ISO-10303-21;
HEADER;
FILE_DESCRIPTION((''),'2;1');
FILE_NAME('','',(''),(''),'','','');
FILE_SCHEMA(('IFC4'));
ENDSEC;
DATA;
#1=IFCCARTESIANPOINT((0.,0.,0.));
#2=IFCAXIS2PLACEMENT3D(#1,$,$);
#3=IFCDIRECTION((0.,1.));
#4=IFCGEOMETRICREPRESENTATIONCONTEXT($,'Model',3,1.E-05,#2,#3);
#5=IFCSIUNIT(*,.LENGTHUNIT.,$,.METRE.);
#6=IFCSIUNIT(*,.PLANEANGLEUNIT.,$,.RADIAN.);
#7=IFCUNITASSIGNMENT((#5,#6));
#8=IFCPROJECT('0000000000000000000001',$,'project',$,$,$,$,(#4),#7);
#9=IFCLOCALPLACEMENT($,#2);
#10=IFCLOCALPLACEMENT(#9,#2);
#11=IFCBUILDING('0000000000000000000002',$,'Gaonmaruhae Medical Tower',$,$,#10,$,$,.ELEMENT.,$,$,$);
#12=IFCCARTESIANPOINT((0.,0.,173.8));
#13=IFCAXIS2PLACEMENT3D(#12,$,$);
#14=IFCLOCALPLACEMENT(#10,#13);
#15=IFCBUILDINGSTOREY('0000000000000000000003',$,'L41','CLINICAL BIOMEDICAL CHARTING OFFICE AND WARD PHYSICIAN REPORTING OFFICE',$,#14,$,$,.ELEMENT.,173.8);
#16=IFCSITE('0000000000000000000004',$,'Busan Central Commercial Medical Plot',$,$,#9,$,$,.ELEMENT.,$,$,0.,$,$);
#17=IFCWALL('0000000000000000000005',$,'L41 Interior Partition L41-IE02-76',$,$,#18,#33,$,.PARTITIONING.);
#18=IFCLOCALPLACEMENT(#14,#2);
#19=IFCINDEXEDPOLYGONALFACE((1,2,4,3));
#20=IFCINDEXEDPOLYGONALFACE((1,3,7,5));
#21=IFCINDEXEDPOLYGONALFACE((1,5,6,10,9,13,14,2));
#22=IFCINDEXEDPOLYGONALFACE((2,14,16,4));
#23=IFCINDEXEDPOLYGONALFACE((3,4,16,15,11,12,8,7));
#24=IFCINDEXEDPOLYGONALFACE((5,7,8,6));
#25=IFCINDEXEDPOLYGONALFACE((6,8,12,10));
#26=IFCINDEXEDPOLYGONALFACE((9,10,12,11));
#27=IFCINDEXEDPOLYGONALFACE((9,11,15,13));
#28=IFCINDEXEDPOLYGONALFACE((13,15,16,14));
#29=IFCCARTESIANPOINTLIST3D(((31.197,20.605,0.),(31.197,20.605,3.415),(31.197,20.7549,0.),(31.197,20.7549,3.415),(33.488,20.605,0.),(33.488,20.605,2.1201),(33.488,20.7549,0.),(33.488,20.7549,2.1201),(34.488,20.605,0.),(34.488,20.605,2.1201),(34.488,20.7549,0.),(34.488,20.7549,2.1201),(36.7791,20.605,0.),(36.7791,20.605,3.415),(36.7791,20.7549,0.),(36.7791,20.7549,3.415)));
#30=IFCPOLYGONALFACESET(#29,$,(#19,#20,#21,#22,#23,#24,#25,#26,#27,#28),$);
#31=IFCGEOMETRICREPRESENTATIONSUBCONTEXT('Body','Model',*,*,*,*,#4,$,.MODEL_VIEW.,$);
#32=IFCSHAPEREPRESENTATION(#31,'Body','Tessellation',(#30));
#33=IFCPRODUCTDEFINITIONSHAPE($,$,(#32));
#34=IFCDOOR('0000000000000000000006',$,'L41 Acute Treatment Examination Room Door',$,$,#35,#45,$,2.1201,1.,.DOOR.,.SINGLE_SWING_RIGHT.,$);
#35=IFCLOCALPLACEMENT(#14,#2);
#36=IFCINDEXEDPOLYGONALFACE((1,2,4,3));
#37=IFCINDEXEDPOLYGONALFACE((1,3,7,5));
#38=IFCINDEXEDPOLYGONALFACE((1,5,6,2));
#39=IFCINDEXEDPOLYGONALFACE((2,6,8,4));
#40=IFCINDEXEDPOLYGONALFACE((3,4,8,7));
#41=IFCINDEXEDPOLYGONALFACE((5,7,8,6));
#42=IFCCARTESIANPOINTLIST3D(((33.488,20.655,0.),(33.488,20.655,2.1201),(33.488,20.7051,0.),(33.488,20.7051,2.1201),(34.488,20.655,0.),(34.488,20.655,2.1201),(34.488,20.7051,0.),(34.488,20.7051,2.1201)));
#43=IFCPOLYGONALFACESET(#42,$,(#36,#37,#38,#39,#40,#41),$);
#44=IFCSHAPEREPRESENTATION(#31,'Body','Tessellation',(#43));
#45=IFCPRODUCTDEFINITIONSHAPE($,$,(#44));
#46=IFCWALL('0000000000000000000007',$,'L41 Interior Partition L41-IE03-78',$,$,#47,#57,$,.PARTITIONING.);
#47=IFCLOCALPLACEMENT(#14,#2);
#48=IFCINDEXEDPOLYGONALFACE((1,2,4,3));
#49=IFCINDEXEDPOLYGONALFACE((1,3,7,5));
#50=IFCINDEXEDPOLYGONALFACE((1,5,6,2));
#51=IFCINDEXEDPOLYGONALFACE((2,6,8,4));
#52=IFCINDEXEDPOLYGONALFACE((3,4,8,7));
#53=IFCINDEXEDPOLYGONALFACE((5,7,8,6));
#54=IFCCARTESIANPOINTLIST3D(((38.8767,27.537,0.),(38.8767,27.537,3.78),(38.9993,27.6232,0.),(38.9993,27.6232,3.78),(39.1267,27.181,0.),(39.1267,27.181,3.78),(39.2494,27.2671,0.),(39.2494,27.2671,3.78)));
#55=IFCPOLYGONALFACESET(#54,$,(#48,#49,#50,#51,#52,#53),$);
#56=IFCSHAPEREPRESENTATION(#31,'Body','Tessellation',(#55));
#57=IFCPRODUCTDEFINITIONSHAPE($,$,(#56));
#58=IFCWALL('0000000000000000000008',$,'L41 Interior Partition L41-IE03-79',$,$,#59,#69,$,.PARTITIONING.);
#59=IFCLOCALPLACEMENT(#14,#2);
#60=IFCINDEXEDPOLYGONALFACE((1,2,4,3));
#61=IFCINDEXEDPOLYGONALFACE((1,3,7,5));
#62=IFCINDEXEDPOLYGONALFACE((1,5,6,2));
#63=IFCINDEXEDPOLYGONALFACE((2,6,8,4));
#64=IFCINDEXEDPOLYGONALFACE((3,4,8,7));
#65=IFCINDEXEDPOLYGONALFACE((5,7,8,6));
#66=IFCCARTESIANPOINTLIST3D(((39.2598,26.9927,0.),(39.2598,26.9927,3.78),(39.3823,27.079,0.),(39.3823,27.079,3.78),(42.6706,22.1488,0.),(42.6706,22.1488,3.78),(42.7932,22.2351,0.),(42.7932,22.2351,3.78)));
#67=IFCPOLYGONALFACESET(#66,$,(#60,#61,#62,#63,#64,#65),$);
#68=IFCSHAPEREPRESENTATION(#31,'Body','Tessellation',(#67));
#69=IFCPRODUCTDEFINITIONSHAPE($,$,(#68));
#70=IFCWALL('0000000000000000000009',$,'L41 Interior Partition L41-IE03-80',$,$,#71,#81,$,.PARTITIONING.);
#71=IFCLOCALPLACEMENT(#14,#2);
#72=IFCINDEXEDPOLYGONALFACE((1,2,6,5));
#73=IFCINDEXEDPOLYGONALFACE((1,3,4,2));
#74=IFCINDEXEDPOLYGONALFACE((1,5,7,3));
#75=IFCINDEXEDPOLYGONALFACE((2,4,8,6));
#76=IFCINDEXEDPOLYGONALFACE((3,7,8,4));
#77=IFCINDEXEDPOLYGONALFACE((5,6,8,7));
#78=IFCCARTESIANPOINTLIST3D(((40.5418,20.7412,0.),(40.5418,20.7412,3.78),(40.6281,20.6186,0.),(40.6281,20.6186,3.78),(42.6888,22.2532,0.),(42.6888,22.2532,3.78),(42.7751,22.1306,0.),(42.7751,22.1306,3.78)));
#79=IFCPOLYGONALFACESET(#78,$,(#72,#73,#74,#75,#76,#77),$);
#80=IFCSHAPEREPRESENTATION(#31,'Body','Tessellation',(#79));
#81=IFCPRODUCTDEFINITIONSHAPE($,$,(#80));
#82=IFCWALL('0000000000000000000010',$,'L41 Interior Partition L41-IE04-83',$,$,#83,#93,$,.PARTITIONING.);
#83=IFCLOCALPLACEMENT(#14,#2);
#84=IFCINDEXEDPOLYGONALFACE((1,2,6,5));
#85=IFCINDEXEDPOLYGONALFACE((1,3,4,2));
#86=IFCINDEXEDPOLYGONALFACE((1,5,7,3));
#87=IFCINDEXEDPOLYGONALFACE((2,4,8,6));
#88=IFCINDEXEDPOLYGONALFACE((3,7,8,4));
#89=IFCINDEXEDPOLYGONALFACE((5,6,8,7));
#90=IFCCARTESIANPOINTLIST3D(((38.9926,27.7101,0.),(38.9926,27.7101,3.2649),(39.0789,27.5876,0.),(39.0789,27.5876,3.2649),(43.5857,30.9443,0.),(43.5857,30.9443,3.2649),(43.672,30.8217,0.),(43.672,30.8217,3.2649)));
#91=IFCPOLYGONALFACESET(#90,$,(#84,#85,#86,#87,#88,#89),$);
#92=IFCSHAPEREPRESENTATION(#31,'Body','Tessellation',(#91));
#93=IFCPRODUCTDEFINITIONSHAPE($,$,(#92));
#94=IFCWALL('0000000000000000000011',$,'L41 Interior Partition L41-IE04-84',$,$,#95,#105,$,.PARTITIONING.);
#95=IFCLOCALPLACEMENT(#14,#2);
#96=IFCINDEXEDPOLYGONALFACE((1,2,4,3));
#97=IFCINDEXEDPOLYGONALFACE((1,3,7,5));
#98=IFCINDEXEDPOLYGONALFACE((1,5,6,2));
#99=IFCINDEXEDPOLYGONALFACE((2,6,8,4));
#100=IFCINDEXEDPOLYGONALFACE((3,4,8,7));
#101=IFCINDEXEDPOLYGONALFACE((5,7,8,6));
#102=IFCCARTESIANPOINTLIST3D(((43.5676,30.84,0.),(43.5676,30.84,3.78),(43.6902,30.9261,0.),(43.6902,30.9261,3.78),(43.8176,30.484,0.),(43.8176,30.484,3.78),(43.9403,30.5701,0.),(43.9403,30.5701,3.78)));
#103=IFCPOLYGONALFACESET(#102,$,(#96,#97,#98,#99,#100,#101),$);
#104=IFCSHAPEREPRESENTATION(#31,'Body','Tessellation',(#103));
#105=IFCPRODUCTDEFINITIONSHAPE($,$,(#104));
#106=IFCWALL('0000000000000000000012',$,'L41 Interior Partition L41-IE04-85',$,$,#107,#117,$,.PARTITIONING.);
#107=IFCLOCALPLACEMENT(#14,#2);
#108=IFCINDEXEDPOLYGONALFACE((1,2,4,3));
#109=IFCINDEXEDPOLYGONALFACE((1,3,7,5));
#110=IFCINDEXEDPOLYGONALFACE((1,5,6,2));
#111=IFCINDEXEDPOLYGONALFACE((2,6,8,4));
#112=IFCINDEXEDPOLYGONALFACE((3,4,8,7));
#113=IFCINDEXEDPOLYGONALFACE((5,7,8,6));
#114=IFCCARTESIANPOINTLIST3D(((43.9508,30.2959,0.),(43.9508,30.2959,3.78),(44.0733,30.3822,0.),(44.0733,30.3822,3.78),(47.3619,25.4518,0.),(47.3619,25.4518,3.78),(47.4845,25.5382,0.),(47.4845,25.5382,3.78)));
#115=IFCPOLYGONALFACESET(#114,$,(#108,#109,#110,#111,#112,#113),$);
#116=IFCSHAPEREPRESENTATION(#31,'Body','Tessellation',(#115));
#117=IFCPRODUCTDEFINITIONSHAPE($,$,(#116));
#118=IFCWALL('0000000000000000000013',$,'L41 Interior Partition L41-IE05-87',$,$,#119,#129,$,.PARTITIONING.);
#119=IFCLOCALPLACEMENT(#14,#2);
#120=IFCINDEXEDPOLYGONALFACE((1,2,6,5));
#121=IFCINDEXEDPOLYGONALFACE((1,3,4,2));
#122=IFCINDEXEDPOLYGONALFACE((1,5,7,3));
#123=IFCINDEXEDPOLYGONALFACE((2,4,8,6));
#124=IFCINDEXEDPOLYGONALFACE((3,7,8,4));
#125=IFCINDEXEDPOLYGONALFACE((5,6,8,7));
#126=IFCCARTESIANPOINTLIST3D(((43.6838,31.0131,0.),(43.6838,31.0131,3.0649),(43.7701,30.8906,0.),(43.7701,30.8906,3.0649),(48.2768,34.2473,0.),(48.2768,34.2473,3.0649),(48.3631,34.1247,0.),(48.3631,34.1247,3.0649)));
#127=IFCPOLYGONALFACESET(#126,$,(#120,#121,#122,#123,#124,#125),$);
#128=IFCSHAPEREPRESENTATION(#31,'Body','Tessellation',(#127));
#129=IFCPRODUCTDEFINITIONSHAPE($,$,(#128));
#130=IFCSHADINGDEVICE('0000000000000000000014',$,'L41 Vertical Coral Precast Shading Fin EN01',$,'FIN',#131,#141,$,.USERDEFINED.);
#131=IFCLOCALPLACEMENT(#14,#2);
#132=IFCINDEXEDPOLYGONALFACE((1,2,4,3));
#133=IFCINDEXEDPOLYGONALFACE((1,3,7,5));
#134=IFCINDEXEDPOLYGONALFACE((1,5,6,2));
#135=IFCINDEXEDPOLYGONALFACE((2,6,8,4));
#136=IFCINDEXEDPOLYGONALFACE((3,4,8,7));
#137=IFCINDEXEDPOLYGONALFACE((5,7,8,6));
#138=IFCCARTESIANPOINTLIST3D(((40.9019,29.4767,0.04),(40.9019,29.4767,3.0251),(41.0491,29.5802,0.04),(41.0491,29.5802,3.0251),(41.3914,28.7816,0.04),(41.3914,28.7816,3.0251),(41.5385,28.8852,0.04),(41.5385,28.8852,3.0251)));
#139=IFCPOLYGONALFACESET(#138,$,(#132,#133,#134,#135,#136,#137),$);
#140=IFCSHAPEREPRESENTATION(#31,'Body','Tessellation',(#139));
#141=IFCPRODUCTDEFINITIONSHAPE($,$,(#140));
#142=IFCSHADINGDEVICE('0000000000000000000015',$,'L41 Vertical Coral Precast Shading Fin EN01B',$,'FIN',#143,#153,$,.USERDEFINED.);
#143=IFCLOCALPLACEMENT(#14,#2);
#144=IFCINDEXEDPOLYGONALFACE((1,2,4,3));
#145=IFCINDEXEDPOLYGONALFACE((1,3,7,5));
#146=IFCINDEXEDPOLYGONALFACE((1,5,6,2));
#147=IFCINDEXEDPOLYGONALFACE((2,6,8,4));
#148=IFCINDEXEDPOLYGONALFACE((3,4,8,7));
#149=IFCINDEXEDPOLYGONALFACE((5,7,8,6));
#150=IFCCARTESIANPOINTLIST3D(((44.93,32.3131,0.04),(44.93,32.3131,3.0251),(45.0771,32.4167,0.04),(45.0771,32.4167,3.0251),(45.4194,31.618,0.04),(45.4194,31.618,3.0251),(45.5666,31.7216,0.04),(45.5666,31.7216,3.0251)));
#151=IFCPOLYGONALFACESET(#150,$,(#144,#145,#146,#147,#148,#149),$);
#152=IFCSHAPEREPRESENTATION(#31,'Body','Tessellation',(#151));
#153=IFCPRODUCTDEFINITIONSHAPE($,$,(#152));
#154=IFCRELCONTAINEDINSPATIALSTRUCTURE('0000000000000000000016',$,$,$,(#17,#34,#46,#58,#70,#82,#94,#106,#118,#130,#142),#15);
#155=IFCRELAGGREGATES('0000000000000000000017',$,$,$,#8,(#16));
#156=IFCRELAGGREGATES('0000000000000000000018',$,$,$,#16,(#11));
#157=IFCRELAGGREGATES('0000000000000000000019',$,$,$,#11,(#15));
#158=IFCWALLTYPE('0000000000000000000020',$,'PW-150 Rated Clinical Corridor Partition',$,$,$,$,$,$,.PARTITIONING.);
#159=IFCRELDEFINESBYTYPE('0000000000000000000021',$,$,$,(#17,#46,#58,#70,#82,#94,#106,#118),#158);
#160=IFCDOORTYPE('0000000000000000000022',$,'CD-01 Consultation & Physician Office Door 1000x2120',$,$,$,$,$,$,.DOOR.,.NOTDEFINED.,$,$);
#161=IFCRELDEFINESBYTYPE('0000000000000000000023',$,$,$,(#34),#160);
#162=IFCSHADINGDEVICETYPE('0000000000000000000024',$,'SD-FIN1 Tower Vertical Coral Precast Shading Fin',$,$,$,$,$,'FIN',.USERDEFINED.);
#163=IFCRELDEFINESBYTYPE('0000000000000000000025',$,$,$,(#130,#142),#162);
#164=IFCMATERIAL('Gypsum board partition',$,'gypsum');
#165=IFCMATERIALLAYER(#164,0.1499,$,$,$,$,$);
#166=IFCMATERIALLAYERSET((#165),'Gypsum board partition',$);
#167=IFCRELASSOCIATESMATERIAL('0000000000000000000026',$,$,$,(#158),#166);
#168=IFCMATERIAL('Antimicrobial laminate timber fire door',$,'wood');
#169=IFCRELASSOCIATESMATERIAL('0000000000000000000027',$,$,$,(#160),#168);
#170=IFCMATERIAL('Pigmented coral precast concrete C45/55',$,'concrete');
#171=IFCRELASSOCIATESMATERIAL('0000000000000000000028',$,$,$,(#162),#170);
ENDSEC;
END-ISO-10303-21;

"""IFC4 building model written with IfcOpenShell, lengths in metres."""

from ifc_helpers import new_model, si_unit, direction, frame, frame_2d, origin, origin_2d, place, context, subcontext, project, spatial, rectangle, extrude, material, layer, layer_set, type_object, element, fill, save


model = new_model("IFC4")

# Units and contexts
model_context = context("Model", 3, precision=1e-05, world=origin(), true_north=direction((0.0, 1.0)))
body_context = subcontext(model_context, "Body", "Model", "MODEL_VIEW")
ifc_project = project(units=[si_unit("LENGTHUNIT", "METRE"), si_unit("PLANEANGLEUNIT", "RADIAN")], contexts=[model_context])

# Site, building, storey
site_placement = place(None, origin())
site = spatial("IfcSite", under=ifc_project, at=site_placement, Name="Busan Central Commercial Medical Plot", CompositionType="ELEMENT", RefElevation=0.0)
building_placement = place(site_placement, origin())
building = spatial("IfcBuilding", under=site, at=building_placement, Name="Gaonmaruhae Medical Tower", CompositionType="ELEMENT")
storey_placement = place(building_placement, frame((0.0, 0.0, 173.8)))
storey = spatial("IfcBuildingStorey", under=building, at=storey_placement, Name="L41", Description="CLINICAL BIOMEDICAL CHARTING OFFICE AND WARD PHYSICIAN REPORTING OFFICE", CompositionType="ELEMENT", Elevation=173.8)

# Shared definitions
ifc_material_1 = material(Name="Gypsum board partition", Category="gypsum")
ifc_layer_1 = layer(ifc_material_1, 0.1499)
ifc_layer_set_1 = layer_set([ifc_layer_1], Name="Gypsum board partition")
wall_type_1 = type_object("IfcWallType", Name="PW-150 Rated Clinical Corridor Partition", PredefinedType="PARTITIONING", material=ifc_layer_set_1)

# Wall, opening, door
ifc_material_2 = material(Name="Antimicrobial laminate timber fire door", Category="wood")
wall_1_placement = place(storey_placement, frame((36.7791, 20.6799, 0.0), z_axis=(0.0, 0.0, 1.0), x_axis=(-1.0, 0.0, 0.0)))
wall_1 = element("IfcWall", 1, at=wall_1_placement, inside=storey, type_object=wall_type_1, Name="L41 Interior Partition L41-IE02-76", PredefinedType="PARTITIONING", context=body_context, shape_type="SweptSolid", body=[
    extrude(rectangle(XDim=5.582, YDim=0.1499, at=frame_2d((2.791, 0.0))), origin(), (0.0, 0.0, 1.0), 3.415),
])
opening_1_placement = place(wall_1_placement, frame((2.291, 0.0, 0.0)))
opening_1 = element("IfcOpeningElement", 2, at=opening_1_placement, cuts=wall_1, PredefinedType="OPENING", context=body_context, shape_type="SweptSolid", body=[
    extrude(rectangle(XDim=1.0, YDim=2.1201, at=frame_2d((0.5, 1.0601))), frame((0.0, 0.085, 0.0), z_axis=(0.0, -1.0, 0.0), x_axis=(1.0, 0.0, 0.0)), (0.0, 0.0, 1.0), 0.1699),
])
door_type_1 = type_object("IfcDoorType", Name="CD-01 Consultation & Physician Office Door 1000x2120", OperationType="NOTDEFINED", PredefinedType="DOOR", material=ifc_material_2)
door_1_placement = place(opening_1_placement, origin())
door_1 = element("IfcDoor", 3, at=door_1_placement, inside=storey, type_object=door_type_1, Name="L41 Acute Treatment Examination Room Door", OperationType="SINGLE_SWING_RIGHT", OverallHeight=2.1201, OverallWidth=1.0, PredefinedType="DOOR", context=body_context, shape_type="SweptSolid", body=[
    extrude(rectangle(XDim=1.0, YDim=2.1201, at=frame_2d((0.5, 1.0601))), frame((0.0, 0.0249, 0.0), z_axis=(0.0, -1.0, 0.0), x_axis=(1.0, 0.0, 0.0)), (0.0, 0.0, 1.0), 0.05),
])
fill(opening_1, door_1)

# Walls
wall_2_placement = place(storey_placement, frame((38.938, 27.5801, 0.0), z_axis=(0.0, 0.0, 1.0), x_axis=(0.574742, -0.818334, 0.0)))
element("IfcWall", 4, at=wall_2_placement, inside=storey, type_object=wall_type_1, Name="L41 Interior Partition L41-IE03-78", PredefinedType="PARTITIONING", context=body_context, shape_type="SweptSolid", body=[
    extrude(rectangle(XDim=0.4351, YDim=0.1499, at=frame_2d((0.2175, 0.0))), origin(), (0.0, 0.0, 1.0), 3.78),
])
wall_3_placement = place(storey_placement, frame((39.321, 27.0359, 0.0), z_axis=(0.0, 0.0, 1.0), x_axis=(0.575736, -0.817635, 0.0)))
element("IfcWall", 5, at=wall_3_placement, inside=storey, type_object=wall_type_1, Name="L41 Interior Partition L41-IE03-79", PredefinedType="PARTITIONING", context=body_context, shape_type="SweptSolid", body=[
    extrude(rectangle(XDim=5.9243, YDim=0.1499, at=frame_2d((2.9622, 0.0))), origin(), (0.0, 0.0, 1.0), 3.78),
])
wall_4_placement = place(storey_placement, frame((42.7319, 22.1919, 0.0), z_axis=(0.0, 0.0, 1.0), x_axis=(-0.817604, -0.575781, 0.0)))
element("IfcWall", 6, at=wall_4_placement, inside=storey, type_object=wall_type_1, Name="L41 Interior Partition L41-IE03-80", PredefinedType="PARTITIONING", context=body_context, shape_type="SweptSolid", body=[
    extrude(rectangle(XDim=2.626, YDim=0.1499, at=frame_2d((1.313, 0.0))), origin(), (0.0, 0.0, 1.0), 3.78),
])

# Walls
wall_5_placement = place(storey_placement, frame((39.0359, 27.6489, 0.0), z_axis=(0.0, 0.0, 1.0), x_axis=(0.817638, 0.575732, 0.0)))
element("IfcWall", 7, at=wall_5_placement, inside=storey, type_object=wall_type_1, Name="L41 Interior Partition L41-IE04-83", PredefinedType="PARTITIONING", context=body_context, shape_type="SweptSolid", body=[
    extrude(rectangle(XDim=5.6174, YDim=0.1499, at=frame_2d((2.8086, 0.0))), origin(), (0.0, 0.0, 1.0), 3.2649),
])
wall_6_placement = place(storey_placement, frame((43.6289, 30.8831, 0.0), z_axis=(0.0, 0.0, 1.0), x_axis=(0.574742, -0.818334, 0.0)))
element("IfcWall", 8, at=wall_6_placement, inside=storey, type_object=wall_type_1, Name="L41 Interior Partition L41-IE04-84", PredefinedType="PARTITIONING", context=body_context, shape_type="SweptSolid", body=[
    extrude(rectangle(XDim=0.4351, YDim=0.1499, at=frame_2d((0.2175, 0.0))), origin(), (0.0, 0.0, 1.0), 3.78),
])
wall_7_placement = place(storey_placement, frame((44.012, 30.3391, 0.0), z_axis=(0.0, 0.0, 1.0), x_axis=(0.575764, -0.817616, 0.0)))
element("IfcWall", 9, at=wall_7_placement, inside=storey, type_object=wall_type_1, Name="L41 Interior Partition L41-IE04-85", PredefinedType="PARTITIONING", context=body_context, shape_type="SweptSolid", body=[
    extrude(rectangle(XDim=5.9246, YDim=0.1499, at=frame_2d((2.9624, 0.0))), origin(), (0.0, 0.0, 1.0), 3.78),
])
wall_8_placement = place(storey_placement, frame((43.7271, 30.9519, 0.0), z_axis=(0.0, 0.0, 1.0), x_axis=(0.817638, 0.575732, 0.0)))
element("IfcWall", 10, at=wall_8_placement, inside=storey, type_object=wall_type_1, Name="L41 Interior Partition L41-IE05-87", PredefinedType="PARTITIONING", context=body_context, shape_type="SweptSolid", body=[
    extrude(rectangle(XDim=5.6174, YDim=0.1499, at=frame_2d((2.8086, 0.0))), origin(), (0.0, 0.0, 1.0), 3.0649),
])

# Shading devices
ifc_material_3 = material(Name="Pigmented coral precast concrete C45/55", Category="concrete")
shading_device_type = type_object("IfcShadingDeviceType", Name="SD-FIN1 Tower Vertical Coral Precast Shading Fin", ElementType="FIN", PredefinedType="USERDEFINED", material=ifc_material_3)
for number, where, z_axis, x_axis, name in (
    (11, (41.2202, 29.1809, 0.04), (0.0, 0.0, 1.0), (0.817648, 0.575719, 0.0), "L41 Vertical Coral Precast Shading Fin EN01"),
    (12, (45.2483, 32.0173, 0.04), (0.0, 0.0, 1.0), (0.817648, 0.575719, 0.0), "L41 Vertical Coral Precast Shading Fin EN01B"),
):
    element("IfcShadingDevice", number, at=place(storey_placement, frame(where, z_axis=z_axis, x_axis=x_axis)), inside=storey, type_object=shading_device_type, Name=name, ObjectType="FIN", PredefinedType="USERDEFINED", context=body_context, shape_type="SweptSolid", body=[
        extrude(rectangle(XDim=0.1799, YDim=0.8501, at=origin_2d()), origin(), (0.0, 0.0, 1.0), 2.9851),
    ])

save(model, "model.ifc")
